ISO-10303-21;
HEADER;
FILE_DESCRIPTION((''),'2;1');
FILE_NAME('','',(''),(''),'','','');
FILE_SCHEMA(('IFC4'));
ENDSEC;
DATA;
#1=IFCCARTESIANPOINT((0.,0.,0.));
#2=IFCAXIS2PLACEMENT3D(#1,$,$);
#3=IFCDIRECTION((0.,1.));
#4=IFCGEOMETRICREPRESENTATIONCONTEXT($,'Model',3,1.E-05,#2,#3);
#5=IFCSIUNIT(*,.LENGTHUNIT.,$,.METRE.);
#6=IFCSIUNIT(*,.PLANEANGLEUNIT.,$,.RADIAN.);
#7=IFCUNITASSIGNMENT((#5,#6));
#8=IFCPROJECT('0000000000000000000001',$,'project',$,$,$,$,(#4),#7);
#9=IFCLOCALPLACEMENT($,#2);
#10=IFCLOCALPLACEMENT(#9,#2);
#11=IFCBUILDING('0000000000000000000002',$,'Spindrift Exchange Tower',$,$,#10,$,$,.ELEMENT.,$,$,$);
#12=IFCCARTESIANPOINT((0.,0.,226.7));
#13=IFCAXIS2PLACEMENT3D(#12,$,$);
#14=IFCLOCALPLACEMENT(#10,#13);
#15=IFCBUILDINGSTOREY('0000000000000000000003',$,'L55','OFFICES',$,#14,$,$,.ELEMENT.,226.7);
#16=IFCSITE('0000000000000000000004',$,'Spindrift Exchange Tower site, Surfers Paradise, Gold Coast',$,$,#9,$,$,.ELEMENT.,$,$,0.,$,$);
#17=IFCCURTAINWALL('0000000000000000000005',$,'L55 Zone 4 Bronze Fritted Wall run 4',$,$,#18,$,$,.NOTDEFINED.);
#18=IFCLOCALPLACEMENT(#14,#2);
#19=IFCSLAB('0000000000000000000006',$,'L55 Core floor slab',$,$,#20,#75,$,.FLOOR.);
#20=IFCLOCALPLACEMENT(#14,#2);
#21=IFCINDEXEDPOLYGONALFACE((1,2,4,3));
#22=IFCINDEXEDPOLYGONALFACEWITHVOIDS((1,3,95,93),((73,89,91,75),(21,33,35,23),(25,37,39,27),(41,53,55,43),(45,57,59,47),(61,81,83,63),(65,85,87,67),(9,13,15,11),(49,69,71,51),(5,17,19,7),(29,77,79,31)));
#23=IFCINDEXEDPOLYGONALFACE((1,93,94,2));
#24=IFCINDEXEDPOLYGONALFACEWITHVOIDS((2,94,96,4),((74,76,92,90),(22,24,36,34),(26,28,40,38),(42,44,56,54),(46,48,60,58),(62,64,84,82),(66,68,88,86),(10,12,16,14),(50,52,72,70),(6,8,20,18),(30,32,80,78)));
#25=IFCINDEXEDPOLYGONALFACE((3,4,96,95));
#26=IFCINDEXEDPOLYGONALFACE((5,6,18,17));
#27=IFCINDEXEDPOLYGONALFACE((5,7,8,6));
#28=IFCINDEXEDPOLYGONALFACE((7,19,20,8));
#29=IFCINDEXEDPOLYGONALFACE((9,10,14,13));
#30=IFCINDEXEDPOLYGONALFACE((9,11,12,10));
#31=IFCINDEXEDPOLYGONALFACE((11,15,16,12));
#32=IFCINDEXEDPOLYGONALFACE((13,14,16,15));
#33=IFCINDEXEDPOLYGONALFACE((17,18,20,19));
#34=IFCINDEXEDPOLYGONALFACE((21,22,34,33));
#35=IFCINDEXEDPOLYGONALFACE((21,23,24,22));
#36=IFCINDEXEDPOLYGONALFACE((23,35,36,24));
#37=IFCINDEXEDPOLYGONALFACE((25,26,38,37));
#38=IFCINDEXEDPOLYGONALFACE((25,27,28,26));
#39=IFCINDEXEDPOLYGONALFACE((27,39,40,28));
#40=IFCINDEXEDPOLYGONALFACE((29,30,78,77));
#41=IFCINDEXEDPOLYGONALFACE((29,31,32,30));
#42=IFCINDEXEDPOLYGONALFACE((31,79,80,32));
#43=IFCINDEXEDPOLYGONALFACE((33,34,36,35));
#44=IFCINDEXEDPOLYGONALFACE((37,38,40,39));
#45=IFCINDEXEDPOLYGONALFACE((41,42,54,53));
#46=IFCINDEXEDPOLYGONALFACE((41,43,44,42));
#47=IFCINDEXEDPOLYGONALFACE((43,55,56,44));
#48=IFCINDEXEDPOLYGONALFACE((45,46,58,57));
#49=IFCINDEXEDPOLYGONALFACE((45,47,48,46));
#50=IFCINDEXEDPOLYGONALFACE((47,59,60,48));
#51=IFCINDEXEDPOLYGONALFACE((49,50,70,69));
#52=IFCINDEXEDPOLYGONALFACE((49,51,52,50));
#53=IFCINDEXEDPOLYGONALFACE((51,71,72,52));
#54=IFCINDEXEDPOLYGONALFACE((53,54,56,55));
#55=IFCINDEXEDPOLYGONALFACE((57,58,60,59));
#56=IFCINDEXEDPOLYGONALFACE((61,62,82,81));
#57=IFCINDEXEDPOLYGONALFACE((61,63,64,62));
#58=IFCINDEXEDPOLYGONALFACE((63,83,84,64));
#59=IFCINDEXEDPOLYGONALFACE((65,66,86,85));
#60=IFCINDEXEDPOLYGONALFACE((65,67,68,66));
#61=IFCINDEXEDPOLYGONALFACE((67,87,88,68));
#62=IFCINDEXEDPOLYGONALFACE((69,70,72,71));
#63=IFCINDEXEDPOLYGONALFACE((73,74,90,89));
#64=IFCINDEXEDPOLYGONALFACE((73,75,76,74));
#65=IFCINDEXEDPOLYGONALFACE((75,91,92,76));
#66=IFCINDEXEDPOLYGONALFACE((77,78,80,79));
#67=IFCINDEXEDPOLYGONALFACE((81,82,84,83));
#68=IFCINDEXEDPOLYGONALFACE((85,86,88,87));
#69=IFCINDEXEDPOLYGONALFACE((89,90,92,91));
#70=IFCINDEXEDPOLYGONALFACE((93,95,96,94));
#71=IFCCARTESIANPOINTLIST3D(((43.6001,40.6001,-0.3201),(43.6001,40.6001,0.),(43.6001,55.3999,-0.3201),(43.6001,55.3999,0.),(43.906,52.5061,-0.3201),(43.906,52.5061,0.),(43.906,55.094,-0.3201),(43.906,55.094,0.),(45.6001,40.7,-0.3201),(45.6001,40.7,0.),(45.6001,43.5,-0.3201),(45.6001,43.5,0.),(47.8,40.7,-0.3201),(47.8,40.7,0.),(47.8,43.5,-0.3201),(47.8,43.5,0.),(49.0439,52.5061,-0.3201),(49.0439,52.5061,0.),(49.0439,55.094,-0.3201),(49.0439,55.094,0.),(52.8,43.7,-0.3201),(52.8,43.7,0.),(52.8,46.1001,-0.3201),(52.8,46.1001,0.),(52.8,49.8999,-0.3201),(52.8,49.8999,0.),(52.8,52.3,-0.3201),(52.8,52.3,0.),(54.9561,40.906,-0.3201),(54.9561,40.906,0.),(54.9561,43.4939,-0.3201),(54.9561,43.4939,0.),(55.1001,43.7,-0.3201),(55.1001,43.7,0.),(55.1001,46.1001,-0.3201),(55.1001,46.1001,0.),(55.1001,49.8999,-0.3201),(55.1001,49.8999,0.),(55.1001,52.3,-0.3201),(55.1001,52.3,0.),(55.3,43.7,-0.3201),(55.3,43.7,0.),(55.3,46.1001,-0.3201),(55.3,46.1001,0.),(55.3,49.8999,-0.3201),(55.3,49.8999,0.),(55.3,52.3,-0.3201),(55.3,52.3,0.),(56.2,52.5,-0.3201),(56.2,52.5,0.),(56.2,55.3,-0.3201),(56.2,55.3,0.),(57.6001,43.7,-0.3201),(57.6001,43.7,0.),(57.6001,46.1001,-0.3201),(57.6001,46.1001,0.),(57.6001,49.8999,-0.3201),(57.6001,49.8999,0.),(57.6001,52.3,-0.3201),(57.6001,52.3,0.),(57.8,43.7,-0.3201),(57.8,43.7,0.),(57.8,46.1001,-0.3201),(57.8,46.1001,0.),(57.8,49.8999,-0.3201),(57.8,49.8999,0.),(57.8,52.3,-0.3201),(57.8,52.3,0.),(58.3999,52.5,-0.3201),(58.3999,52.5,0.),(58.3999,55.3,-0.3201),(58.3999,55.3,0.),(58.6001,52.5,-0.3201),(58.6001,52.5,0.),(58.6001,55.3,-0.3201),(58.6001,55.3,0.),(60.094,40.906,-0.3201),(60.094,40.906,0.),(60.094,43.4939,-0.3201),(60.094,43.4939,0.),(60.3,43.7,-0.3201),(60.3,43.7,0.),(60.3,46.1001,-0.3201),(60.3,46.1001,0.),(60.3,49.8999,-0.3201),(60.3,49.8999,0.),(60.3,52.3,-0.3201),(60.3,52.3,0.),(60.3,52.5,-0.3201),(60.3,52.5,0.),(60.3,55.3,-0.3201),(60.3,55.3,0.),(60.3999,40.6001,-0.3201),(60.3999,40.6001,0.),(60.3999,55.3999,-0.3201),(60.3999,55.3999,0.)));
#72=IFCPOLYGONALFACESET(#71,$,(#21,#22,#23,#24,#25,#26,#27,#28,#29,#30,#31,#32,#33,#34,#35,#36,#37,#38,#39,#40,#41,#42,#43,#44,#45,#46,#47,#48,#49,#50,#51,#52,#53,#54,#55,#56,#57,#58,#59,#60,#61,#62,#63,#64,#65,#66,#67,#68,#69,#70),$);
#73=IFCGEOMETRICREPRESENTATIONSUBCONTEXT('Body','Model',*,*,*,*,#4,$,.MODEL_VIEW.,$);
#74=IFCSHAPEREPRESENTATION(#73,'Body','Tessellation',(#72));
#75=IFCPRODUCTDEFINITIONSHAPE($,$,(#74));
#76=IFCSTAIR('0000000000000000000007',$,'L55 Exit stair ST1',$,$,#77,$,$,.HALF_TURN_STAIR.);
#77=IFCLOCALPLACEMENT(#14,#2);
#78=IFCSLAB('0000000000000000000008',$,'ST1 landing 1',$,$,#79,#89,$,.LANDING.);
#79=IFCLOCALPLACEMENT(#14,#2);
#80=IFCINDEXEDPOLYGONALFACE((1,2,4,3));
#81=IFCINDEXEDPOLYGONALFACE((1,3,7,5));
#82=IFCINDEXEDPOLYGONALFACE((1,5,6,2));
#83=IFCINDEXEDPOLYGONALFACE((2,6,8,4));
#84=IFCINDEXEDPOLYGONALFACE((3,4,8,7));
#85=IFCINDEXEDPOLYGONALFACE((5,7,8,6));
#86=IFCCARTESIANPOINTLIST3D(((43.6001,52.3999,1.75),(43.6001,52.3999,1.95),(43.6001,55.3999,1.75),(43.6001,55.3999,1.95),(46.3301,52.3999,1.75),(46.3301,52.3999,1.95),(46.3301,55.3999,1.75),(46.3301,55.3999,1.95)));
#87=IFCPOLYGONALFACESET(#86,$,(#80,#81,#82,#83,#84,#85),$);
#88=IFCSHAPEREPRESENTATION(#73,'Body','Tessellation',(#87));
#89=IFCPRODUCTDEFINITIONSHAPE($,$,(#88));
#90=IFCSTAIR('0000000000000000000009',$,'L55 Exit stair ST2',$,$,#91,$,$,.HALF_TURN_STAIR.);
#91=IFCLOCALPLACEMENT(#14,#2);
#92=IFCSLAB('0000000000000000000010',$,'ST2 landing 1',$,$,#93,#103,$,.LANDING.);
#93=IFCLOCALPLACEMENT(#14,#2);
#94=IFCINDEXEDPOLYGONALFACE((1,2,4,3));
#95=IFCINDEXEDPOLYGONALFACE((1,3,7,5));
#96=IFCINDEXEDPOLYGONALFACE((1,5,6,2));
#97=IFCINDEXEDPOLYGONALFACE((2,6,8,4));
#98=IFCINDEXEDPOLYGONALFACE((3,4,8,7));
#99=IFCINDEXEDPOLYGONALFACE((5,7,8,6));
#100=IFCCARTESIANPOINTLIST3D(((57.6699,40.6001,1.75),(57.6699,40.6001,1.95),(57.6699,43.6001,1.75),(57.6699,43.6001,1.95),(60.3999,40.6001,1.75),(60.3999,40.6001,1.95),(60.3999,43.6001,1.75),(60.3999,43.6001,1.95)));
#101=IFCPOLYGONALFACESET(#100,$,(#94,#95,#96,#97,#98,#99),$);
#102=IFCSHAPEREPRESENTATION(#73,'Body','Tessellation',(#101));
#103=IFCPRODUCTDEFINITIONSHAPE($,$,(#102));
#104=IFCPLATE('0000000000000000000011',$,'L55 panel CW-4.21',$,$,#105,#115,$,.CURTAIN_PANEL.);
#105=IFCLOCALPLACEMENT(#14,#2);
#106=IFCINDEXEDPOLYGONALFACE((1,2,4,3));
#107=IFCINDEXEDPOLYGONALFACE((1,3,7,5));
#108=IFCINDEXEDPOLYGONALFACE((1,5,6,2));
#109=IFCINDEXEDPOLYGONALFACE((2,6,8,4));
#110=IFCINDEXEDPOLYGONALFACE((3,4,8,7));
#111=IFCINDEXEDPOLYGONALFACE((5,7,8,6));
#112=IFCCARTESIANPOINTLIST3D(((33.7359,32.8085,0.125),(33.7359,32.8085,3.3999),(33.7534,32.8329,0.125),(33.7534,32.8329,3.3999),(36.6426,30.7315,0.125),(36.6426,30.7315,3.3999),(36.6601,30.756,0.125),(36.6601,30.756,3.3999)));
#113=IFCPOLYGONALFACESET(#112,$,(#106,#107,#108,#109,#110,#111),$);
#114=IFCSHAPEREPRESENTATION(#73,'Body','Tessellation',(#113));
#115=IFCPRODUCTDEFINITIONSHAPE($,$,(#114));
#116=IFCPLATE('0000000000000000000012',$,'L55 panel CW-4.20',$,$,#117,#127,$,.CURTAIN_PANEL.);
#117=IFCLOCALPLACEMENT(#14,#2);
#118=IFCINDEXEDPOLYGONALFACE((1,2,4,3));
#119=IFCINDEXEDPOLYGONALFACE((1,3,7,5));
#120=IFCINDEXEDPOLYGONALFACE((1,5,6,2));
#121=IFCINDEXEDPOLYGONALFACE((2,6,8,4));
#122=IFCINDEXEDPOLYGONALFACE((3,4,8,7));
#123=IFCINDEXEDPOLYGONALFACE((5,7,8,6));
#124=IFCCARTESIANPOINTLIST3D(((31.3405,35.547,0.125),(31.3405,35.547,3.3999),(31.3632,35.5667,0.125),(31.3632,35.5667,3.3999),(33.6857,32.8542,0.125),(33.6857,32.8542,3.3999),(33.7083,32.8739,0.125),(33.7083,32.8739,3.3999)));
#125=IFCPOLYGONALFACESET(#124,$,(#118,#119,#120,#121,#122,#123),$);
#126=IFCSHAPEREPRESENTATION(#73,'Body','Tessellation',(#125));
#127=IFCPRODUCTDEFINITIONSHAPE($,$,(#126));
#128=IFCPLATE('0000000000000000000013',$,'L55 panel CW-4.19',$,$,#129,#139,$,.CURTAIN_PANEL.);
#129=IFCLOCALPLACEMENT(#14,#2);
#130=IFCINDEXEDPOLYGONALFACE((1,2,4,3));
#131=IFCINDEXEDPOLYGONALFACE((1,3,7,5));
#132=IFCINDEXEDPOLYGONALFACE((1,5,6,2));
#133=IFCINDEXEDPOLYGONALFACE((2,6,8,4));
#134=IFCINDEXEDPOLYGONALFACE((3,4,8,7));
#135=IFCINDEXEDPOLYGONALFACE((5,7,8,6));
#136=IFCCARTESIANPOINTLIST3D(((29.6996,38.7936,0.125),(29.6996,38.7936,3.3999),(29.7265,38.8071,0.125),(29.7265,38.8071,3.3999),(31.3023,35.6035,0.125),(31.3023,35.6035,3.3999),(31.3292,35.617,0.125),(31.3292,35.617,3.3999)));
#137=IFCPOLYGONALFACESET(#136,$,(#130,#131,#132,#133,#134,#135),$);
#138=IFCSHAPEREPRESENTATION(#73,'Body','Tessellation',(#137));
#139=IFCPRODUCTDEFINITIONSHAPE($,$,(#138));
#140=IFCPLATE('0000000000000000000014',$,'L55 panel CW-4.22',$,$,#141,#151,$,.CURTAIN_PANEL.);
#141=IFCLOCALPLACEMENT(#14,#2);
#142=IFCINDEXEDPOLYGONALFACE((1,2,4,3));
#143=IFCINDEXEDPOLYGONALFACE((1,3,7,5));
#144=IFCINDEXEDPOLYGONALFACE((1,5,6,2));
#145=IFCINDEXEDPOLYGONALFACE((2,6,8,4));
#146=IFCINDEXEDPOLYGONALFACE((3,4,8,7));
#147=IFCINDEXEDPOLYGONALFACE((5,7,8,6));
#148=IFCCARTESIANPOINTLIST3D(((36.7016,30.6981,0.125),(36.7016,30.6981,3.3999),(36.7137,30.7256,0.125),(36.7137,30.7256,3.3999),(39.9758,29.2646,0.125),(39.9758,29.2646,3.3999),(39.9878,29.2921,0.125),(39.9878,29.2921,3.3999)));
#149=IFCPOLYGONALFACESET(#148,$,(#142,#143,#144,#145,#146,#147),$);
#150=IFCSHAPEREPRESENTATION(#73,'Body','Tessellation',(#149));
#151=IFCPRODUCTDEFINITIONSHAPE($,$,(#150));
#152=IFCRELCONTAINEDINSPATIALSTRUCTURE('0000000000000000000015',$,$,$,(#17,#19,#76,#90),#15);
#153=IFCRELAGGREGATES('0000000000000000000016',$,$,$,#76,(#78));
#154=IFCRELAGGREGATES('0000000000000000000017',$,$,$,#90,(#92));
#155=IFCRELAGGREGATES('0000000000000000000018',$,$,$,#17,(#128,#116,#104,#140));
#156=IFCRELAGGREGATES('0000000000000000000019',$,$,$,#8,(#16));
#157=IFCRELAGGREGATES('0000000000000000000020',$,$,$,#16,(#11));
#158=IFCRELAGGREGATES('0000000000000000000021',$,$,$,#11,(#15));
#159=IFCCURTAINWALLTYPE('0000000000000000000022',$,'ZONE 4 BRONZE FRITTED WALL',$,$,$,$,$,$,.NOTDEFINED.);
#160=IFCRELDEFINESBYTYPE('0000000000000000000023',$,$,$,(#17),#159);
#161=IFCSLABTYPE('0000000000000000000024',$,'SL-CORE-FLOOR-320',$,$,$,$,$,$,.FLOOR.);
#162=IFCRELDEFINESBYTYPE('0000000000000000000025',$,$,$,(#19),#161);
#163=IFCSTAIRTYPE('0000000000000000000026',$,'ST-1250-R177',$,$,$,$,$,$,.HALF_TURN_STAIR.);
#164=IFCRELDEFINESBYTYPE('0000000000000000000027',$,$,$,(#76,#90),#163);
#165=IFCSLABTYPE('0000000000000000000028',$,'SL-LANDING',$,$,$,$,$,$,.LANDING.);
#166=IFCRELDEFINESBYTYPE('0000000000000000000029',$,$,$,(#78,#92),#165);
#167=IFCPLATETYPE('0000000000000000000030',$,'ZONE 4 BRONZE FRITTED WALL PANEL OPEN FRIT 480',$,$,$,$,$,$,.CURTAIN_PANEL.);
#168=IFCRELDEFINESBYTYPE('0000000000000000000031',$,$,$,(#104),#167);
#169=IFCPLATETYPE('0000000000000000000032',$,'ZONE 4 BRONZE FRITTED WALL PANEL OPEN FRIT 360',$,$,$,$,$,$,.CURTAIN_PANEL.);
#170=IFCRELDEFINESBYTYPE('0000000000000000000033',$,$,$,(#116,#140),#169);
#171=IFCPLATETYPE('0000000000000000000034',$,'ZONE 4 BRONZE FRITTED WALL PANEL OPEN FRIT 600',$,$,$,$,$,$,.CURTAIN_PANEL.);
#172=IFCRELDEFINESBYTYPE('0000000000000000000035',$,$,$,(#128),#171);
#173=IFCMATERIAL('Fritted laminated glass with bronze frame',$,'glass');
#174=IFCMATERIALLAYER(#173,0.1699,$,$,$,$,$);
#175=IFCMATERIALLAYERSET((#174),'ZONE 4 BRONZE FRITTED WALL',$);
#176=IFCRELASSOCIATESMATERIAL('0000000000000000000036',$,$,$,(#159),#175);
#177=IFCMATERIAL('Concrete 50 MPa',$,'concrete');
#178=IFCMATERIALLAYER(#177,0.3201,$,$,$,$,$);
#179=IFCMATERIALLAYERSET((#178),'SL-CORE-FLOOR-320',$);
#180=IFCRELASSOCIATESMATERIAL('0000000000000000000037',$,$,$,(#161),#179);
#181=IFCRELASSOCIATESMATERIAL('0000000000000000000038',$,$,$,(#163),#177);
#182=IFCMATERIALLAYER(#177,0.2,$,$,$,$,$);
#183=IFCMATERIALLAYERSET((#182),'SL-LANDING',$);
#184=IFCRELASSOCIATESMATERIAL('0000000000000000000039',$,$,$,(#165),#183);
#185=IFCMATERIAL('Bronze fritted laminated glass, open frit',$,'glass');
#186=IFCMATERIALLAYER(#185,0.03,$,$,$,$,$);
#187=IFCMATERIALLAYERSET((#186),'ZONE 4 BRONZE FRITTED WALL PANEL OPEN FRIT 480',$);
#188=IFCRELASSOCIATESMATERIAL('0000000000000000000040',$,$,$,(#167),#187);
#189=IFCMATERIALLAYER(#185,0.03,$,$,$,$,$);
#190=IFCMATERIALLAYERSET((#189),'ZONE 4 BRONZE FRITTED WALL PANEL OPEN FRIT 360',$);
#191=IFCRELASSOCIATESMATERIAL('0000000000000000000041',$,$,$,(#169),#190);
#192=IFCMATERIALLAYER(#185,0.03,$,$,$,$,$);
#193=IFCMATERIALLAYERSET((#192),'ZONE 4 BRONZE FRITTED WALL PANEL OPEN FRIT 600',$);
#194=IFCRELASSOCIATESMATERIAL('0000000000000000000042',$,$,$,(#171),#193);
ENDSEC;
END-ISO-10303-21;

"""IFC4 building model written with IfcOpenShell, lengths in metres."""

from ifc_helpers import new_model, si_unit, direction, frame, origin, origin_2d, place, context, subcontext, project, spatial, line, indexed_curve, rectangle, outline, extrude, source, transform, mapped, material, layer, layer_set, type_object, element, aggregate, save


model = new_model("IFC4")

# Units and contexts
model_context = context("Model", 3, precision=1e-05, world=origin(), true_north=direction((0.0, 1.0)))
body_context = subcontext(model_context, "Body", "Model", "MODEL_VIEW")
ifc_project = project(units=[si_unit("LENGTHUNIT", "METRE"), si_unit("PLANEANGLEUNIT", "RADIAN")], contexts=[model_context])

# Site, building, storey
site_placement = place(None, origin())
site = spatial("IfcSite", under=ifc_project, at=site_placement, Name="Spindrift Exchange Tower site, Surfers Paradise, Gold Coast", CompositionType="ELEMENT", RefElevation=0.0)
building_placement = place(site_placement, origin())
building = spatial("IfcBuilding", under=site, at=building_placement, Name="Spindrift Exchange Tower", CompositionType="ELEMENT")
storey_placement = place(building_placement, frame((0.0, 0.0, 226.7)))
storey = spatial("IfcBuildingStorey", under=building, at=storey_placement, Name="L55", Description="OFFICES", CompositionType="ELEMENT", Elevation=226.7)

# Shared definitions
ifc_material_1 = material(Name="Concrete 50 MPa", Category="concrete")

# Curtain wall
ifc_material_2 = material(Name="Fritted laminated glass with bronze frame", Category="glass")
ifc_layer_1 = layer(ifc_material_2, 0.1699)
ifc_layer_set_1 = layer_set([ifc_layer_1], Name="ZONE 4 BRONZE FRITTED WALL")
curtain_wall_type = type_object("IfcCurtainWallType", Name="ZONE 4 BRONZE FRITTED WALL", PredefinedType="NOTDEFINED", material=ifc_layer_set_1)
curtain_wall_placement = place(storey_placement, origin())
curtain_wall = element("IfcCurtainWall", 1, at=curtain_wall_placement, inside=storey, type_object=curtain_wall_type, Name="L55 Zone 4 Bronze Fritted Wall run 4", PredefinedType="NOTDEFINED")

# Slab
ifc_layer_2 = layer(ifc_material_1, 0.3201)
ifc_layer_set_2 = layer_set([ifc_layer_2], Name="SL-CORE-FLOOR-320")
slab_type_1 = type_object("IfcSlabType", Name="SL-CORE-FLOOR-320", PredefinedType="FLOOR", material=ifc_layer_set_2)
slab_1_placement = place(storey_placement, frame((0.0, 0.0, -0.3201)))
element("IfcSlab", 2, at=slab_1_placement, inside=storey, type_object=slab_type_1, Name="L55 Core floor slab", PredefinedType="FLOOR", context=body_context, shape_type="SweptSolid", body=[
    extrude(outline(indexed_curve([(43.6001, 40.6001), (43.6001, 55.3999), (60.3999, 55.3999), (60.3999, 40.6001)], segments=[line(1, 2, 3, 4, 1)], self_intersect=False), holes=[indexed_curve([(45.6001, 43.5), (45.6001, 40.7), (47.8, 40.7), (47.8, 43.5)], segments=[line(1, 2, 3, 4, 1)], self_intersect=False), indexed_curve([(52.8, 46.1001), (52.8, 43.7), (55.1001, 43.7), (55.1001, 46.1001)], segments=[line(1, 2, 3, 4, 1)], self_intersect=False), indexed_curve([(55.3, 46.1001), (55.3, 43.7), (57.6001, 43.7), (57.6001, 46.1001)], segments=[line(1, 2, 3, 4, 1)], self_intersect=False), indexed_curve([(55.1001, 52.3), (52.8, 52.3), (52.8, 49.8999), (55.1001, 49.8999)], segments=[line(1, 2, 3, 4, 1)], self_intersect=False), indexed_curve([(57.6001, 52.3), (55.3, 52.3), (55.3, 49.8999), (57.6001, 49.8999)], segments=[line(1, 2, 3, 4, 1)], self_intersect=False), indexed_curve([(43.906, 52.5061), (49.0439, 52.5061), (49.0439, 55.094), (43.906, 55.094)], segments=[line(1, 2, 3, 4, 1)], self_intersect=False), indexed_curve([(60.094, 40.906), (60.094, 43.4939), (54.9561, 43.4939), (54.9561, 40.906)], segments=[line(1, 2, 3, 4, 1)], self_intersect=False), indexed_curve([(60.3, 46.1001), (57.8, 46.1001), (57.8, 43.7), (60.3, 43.7)], segments=[line(1, 2, 3, 4, 1)], self_intersect=False), indexed_curve([(57.8, 52.3), (57.8, 49.8999), (60.3, 49.8999), (60.3, 52.3)], segments=[line(1, 2, 3, 4, 1)], self_intersect=False), indexed_curve([(58.3999, 55.3), (56.2, 55.3), (56.2, 52.5), (58.3999, 52.5)], segments=[line(1, 2, 3, 4, 1)], self_intersect=False), indexed_curve([(60.3, 55.3), (58.6001, 55.3), (58.6001, 52.5), (60.3, 52.5)], segments=[line(1, 2, 3, 4, 1)], self_intersect=False)]), origin(), (0.0, 0.0, 1.0), 0.3201),
])

# Stairs, slabs
stair_type = type_object("IfcStairType", Name="ST-1250-R177", PredefinedType="HALF_TURN_STAIR", material=ifc_material_1)
stair_1_placement = place(storey_placement, origin())
stair_1 = element("IfcStair", 3, at=stair_1_placement, inside=storey, type_object=stair_type, Name="L55 Exit stair ST1", PredefinedType="HALF_TURN_STAIR")
ifc_layer_3 = layer(ifc_material_1, 0.2)
ifc_layer_set_3 = layer_set([ifc_layer_3], Name="SL-LANDING")
slab_type_2 = type_object("IfcSlabType", Name="SL-LANDING", PredefinedType="LANDING", material=ifc_layer_set_3)
slab_2_placement = place(storey_placement, frame((0.0, 0.0, 1.75)))
slab_2 = element("IfcSlab", 4, at=slab_2_placement, type_object=slab_type_2, Name="ST1 landing 1", PredefinedType="LANDING", context=body_context, shape_type="SweptSolid", body=[
    extrude(outline(indexed_curve([(46.3301, 52.3999), (43.6001, 52.3999), (43.6001, 55.3999), (46.3301, 55.3999)], segments=[line(1, 2, 3, 4, 1)], self_intersect=False)), origin(), (0.0, 0.0, 1.0), 0.2),
])
aggregate(stair_1, [slab_2])
stair_2_placement = place(storey_placement, origin())
stair_2 = element("IfcStair", 5, at=stair_2_placement, inside=storey, type_object=stair_type, Name="L55 Exit stair ST2", PredefinedType="HALF_TURN_STAIR")
slab_3_placement = place(storey_placement, frame((0.0, 0.0, 1.75)))
slab_3 = element("IfcSlab", 6, at=slab_3_placement, type_object=slab_type_2, Name="ST2 landing 1", PredefinedType="LANDING", context=body_context, shape_type="SweptSolid", body=[
    extrude(outline(indexed_curve([(57.6699, 43.6001), (60.3999, 43.6001), (60.3999, 40.6001), (57.6699, 40.6001)], segments=[line(1, 2, 3, 4, 1)], self_intersect=False)), origin(), (0.0, 0.0, 1.0), 0.2),
])
aggregate(stair_2, [slab_3])

# Plates
ifc_material_3 = material(Name="Bronze fritted laminated glass, open frit", Category="glass")
ifc_layer_4 = layer(ifc_material_3, 0.03)
ifc_layer_set_4 = layer_set([ifc_layer_4], Name="ZONE 4 BRONZE FRITTED WALL PANEL OPEN FRIT 480")
plate_type_1 = type_object("IfcPlateType", Name="ZONE 4 BRONZE FRITTED WALL PANEL OPEN FRIT 480", PredefinedType="CURTAIN_PANEL", material=ifc_layer_set_4)
shared_shape_1 = source(origin(), body_context, "Body", "SweptSolid", [
    extrude(rectangle(XDim=3.5725, YDim=0.03, at=origin_2d()), origin(), (0.0, 0.0, 1.0), 3.2749),
])
plate_1_placement = place(storey_placement, frame((35.198, 31.7822, 0.125), z_axis=(0.0, 0.0, 1.0), x_axis=(0.813633, -0.581379, 0.0)))
plate_1 = element("IfcPlate", 7, at=plate_1_placement, type_object=plate_type_1, Name="L55 panel CW-4.21", PredefinedType="CURTAIN_PANEL", context=body_context, shape_type="MappedRepresentation", body=[
    mapped(shared_shape_1, transform((0.0, 0.0, 0.0), scale=1.0)),
])
ifc_layer_5 = layer(ifc_material_3, 0.03)
ifc_layer_set_5 = layer_set([ifc_layer_5], Name="ZONE 4 BRONZE FRITTED WALL PANEL OPEN FRIT 360")
plate_type_2 = type_object("IfcPlateType", Name="ZONE 4 BRONZE FRITTED WALL PANEL OPEN FRIT 360", PredefinedType="CURTAIN_PANEL", material=ifc_layer_set_5)
shared_shape_2 = source(origin(), body_context, "Body", "SweptSolid", [
    extrude(rectangle(XDim=3.5708, YDim=0.03, at=origin_2d()), origin(), (0.0, 0.0, 1.0), 3.2749),
])
plate_2_placement = place(storey_placement, frame((32.5244, 34.2104, 0.125), z_axis=(0.0, 0.0, 1.0), x_axis=(0.656762, -0.754098, 0.0)))
plate_2 = element("IfcPlate", 8, at=plate_2_placement, type_object=plate_type_2, Name="L55 panel CW-4.20", PredefinedType="CURTAIN_PANEL", context=body_context, shape_type="MappedRepresentation", body=[
    mapped(shared_shape_2, transform((0.0, 0.0, 0.0), scale=1.0)),
])
ifc_layer_6 = layer(ifc_material_3, 0.03)
ifc_layer_set_6 = layer_set([ifc_layer_6], Name="ZONE 4 BRONZE FRITTED WALL PANEL OPEN FRIT 600")
plate_type_3 = type_object("IfcPlateType", Name="ZONE 4 BRONZE FRITTED WALL PANEL OPEN FRIT 600", PredefinedType="CURTAIN_PANEL", material=ifc_layer_set_6)
shared_shape_3 = source(origin(), body_context, "Body", "SweptSolid", [
    extrude(rectangle(XDim=3.5701, YDim=0.03, at=origin_2d()), origin(), (0.0, 0.0, 1.0), 3.2749),
])
plate_3_placement = place(storey_placement, frame((30.5144, 37.2053, 0.125), z_axis=(0.0, 0.0, 1.0), x_axis=(0.448929, -0.893567, 0.0)))
plate_3 = element("IfcPlate", 9, at=plate_3_placement, type_object=plate_type_3, Name="L55 panel CW-4.19", PredefinedType="CURTAIN_PANEL", context=body_context, shape_type="MappedRepresentation", body=[
    mapped(shared_shape_3, transform((0.0, 0.0, 0.0), scale=1.0)),
])
shared_shape_4 = source(origin(), body_context, "Body", "SweptSolid", [
    extrude(rectangle(XDim=3.5742, YDim=0.03, at=origin_2d()), origin(), (0.0, 0.0, 1.0), 3.2749),
])
plate_4_placement = place(storey_placement, frame((38.3447, 29.9951, 0.125), z_axis=(0.0, 0.0, 1.0), x_axis=(0.916056, -0.401051, 0.0)))
plate_4 = element("IfcPlate", 10, at=plate_4_placement, type_object=plate_type_2, Name="L55 panel CW-4.22", PredefinedType="CURTAIN_PANEL", context=body_context, shape_type="MappedRepresentation", body=[
    mapped(shared_shape_4, transform((0.0, 0.0, 0.0), scale=1.0)),
])
aggregate(curtain_wall, [plate_3, plate_2, plate_1, plate_4])

save(model, "model.ifc")
